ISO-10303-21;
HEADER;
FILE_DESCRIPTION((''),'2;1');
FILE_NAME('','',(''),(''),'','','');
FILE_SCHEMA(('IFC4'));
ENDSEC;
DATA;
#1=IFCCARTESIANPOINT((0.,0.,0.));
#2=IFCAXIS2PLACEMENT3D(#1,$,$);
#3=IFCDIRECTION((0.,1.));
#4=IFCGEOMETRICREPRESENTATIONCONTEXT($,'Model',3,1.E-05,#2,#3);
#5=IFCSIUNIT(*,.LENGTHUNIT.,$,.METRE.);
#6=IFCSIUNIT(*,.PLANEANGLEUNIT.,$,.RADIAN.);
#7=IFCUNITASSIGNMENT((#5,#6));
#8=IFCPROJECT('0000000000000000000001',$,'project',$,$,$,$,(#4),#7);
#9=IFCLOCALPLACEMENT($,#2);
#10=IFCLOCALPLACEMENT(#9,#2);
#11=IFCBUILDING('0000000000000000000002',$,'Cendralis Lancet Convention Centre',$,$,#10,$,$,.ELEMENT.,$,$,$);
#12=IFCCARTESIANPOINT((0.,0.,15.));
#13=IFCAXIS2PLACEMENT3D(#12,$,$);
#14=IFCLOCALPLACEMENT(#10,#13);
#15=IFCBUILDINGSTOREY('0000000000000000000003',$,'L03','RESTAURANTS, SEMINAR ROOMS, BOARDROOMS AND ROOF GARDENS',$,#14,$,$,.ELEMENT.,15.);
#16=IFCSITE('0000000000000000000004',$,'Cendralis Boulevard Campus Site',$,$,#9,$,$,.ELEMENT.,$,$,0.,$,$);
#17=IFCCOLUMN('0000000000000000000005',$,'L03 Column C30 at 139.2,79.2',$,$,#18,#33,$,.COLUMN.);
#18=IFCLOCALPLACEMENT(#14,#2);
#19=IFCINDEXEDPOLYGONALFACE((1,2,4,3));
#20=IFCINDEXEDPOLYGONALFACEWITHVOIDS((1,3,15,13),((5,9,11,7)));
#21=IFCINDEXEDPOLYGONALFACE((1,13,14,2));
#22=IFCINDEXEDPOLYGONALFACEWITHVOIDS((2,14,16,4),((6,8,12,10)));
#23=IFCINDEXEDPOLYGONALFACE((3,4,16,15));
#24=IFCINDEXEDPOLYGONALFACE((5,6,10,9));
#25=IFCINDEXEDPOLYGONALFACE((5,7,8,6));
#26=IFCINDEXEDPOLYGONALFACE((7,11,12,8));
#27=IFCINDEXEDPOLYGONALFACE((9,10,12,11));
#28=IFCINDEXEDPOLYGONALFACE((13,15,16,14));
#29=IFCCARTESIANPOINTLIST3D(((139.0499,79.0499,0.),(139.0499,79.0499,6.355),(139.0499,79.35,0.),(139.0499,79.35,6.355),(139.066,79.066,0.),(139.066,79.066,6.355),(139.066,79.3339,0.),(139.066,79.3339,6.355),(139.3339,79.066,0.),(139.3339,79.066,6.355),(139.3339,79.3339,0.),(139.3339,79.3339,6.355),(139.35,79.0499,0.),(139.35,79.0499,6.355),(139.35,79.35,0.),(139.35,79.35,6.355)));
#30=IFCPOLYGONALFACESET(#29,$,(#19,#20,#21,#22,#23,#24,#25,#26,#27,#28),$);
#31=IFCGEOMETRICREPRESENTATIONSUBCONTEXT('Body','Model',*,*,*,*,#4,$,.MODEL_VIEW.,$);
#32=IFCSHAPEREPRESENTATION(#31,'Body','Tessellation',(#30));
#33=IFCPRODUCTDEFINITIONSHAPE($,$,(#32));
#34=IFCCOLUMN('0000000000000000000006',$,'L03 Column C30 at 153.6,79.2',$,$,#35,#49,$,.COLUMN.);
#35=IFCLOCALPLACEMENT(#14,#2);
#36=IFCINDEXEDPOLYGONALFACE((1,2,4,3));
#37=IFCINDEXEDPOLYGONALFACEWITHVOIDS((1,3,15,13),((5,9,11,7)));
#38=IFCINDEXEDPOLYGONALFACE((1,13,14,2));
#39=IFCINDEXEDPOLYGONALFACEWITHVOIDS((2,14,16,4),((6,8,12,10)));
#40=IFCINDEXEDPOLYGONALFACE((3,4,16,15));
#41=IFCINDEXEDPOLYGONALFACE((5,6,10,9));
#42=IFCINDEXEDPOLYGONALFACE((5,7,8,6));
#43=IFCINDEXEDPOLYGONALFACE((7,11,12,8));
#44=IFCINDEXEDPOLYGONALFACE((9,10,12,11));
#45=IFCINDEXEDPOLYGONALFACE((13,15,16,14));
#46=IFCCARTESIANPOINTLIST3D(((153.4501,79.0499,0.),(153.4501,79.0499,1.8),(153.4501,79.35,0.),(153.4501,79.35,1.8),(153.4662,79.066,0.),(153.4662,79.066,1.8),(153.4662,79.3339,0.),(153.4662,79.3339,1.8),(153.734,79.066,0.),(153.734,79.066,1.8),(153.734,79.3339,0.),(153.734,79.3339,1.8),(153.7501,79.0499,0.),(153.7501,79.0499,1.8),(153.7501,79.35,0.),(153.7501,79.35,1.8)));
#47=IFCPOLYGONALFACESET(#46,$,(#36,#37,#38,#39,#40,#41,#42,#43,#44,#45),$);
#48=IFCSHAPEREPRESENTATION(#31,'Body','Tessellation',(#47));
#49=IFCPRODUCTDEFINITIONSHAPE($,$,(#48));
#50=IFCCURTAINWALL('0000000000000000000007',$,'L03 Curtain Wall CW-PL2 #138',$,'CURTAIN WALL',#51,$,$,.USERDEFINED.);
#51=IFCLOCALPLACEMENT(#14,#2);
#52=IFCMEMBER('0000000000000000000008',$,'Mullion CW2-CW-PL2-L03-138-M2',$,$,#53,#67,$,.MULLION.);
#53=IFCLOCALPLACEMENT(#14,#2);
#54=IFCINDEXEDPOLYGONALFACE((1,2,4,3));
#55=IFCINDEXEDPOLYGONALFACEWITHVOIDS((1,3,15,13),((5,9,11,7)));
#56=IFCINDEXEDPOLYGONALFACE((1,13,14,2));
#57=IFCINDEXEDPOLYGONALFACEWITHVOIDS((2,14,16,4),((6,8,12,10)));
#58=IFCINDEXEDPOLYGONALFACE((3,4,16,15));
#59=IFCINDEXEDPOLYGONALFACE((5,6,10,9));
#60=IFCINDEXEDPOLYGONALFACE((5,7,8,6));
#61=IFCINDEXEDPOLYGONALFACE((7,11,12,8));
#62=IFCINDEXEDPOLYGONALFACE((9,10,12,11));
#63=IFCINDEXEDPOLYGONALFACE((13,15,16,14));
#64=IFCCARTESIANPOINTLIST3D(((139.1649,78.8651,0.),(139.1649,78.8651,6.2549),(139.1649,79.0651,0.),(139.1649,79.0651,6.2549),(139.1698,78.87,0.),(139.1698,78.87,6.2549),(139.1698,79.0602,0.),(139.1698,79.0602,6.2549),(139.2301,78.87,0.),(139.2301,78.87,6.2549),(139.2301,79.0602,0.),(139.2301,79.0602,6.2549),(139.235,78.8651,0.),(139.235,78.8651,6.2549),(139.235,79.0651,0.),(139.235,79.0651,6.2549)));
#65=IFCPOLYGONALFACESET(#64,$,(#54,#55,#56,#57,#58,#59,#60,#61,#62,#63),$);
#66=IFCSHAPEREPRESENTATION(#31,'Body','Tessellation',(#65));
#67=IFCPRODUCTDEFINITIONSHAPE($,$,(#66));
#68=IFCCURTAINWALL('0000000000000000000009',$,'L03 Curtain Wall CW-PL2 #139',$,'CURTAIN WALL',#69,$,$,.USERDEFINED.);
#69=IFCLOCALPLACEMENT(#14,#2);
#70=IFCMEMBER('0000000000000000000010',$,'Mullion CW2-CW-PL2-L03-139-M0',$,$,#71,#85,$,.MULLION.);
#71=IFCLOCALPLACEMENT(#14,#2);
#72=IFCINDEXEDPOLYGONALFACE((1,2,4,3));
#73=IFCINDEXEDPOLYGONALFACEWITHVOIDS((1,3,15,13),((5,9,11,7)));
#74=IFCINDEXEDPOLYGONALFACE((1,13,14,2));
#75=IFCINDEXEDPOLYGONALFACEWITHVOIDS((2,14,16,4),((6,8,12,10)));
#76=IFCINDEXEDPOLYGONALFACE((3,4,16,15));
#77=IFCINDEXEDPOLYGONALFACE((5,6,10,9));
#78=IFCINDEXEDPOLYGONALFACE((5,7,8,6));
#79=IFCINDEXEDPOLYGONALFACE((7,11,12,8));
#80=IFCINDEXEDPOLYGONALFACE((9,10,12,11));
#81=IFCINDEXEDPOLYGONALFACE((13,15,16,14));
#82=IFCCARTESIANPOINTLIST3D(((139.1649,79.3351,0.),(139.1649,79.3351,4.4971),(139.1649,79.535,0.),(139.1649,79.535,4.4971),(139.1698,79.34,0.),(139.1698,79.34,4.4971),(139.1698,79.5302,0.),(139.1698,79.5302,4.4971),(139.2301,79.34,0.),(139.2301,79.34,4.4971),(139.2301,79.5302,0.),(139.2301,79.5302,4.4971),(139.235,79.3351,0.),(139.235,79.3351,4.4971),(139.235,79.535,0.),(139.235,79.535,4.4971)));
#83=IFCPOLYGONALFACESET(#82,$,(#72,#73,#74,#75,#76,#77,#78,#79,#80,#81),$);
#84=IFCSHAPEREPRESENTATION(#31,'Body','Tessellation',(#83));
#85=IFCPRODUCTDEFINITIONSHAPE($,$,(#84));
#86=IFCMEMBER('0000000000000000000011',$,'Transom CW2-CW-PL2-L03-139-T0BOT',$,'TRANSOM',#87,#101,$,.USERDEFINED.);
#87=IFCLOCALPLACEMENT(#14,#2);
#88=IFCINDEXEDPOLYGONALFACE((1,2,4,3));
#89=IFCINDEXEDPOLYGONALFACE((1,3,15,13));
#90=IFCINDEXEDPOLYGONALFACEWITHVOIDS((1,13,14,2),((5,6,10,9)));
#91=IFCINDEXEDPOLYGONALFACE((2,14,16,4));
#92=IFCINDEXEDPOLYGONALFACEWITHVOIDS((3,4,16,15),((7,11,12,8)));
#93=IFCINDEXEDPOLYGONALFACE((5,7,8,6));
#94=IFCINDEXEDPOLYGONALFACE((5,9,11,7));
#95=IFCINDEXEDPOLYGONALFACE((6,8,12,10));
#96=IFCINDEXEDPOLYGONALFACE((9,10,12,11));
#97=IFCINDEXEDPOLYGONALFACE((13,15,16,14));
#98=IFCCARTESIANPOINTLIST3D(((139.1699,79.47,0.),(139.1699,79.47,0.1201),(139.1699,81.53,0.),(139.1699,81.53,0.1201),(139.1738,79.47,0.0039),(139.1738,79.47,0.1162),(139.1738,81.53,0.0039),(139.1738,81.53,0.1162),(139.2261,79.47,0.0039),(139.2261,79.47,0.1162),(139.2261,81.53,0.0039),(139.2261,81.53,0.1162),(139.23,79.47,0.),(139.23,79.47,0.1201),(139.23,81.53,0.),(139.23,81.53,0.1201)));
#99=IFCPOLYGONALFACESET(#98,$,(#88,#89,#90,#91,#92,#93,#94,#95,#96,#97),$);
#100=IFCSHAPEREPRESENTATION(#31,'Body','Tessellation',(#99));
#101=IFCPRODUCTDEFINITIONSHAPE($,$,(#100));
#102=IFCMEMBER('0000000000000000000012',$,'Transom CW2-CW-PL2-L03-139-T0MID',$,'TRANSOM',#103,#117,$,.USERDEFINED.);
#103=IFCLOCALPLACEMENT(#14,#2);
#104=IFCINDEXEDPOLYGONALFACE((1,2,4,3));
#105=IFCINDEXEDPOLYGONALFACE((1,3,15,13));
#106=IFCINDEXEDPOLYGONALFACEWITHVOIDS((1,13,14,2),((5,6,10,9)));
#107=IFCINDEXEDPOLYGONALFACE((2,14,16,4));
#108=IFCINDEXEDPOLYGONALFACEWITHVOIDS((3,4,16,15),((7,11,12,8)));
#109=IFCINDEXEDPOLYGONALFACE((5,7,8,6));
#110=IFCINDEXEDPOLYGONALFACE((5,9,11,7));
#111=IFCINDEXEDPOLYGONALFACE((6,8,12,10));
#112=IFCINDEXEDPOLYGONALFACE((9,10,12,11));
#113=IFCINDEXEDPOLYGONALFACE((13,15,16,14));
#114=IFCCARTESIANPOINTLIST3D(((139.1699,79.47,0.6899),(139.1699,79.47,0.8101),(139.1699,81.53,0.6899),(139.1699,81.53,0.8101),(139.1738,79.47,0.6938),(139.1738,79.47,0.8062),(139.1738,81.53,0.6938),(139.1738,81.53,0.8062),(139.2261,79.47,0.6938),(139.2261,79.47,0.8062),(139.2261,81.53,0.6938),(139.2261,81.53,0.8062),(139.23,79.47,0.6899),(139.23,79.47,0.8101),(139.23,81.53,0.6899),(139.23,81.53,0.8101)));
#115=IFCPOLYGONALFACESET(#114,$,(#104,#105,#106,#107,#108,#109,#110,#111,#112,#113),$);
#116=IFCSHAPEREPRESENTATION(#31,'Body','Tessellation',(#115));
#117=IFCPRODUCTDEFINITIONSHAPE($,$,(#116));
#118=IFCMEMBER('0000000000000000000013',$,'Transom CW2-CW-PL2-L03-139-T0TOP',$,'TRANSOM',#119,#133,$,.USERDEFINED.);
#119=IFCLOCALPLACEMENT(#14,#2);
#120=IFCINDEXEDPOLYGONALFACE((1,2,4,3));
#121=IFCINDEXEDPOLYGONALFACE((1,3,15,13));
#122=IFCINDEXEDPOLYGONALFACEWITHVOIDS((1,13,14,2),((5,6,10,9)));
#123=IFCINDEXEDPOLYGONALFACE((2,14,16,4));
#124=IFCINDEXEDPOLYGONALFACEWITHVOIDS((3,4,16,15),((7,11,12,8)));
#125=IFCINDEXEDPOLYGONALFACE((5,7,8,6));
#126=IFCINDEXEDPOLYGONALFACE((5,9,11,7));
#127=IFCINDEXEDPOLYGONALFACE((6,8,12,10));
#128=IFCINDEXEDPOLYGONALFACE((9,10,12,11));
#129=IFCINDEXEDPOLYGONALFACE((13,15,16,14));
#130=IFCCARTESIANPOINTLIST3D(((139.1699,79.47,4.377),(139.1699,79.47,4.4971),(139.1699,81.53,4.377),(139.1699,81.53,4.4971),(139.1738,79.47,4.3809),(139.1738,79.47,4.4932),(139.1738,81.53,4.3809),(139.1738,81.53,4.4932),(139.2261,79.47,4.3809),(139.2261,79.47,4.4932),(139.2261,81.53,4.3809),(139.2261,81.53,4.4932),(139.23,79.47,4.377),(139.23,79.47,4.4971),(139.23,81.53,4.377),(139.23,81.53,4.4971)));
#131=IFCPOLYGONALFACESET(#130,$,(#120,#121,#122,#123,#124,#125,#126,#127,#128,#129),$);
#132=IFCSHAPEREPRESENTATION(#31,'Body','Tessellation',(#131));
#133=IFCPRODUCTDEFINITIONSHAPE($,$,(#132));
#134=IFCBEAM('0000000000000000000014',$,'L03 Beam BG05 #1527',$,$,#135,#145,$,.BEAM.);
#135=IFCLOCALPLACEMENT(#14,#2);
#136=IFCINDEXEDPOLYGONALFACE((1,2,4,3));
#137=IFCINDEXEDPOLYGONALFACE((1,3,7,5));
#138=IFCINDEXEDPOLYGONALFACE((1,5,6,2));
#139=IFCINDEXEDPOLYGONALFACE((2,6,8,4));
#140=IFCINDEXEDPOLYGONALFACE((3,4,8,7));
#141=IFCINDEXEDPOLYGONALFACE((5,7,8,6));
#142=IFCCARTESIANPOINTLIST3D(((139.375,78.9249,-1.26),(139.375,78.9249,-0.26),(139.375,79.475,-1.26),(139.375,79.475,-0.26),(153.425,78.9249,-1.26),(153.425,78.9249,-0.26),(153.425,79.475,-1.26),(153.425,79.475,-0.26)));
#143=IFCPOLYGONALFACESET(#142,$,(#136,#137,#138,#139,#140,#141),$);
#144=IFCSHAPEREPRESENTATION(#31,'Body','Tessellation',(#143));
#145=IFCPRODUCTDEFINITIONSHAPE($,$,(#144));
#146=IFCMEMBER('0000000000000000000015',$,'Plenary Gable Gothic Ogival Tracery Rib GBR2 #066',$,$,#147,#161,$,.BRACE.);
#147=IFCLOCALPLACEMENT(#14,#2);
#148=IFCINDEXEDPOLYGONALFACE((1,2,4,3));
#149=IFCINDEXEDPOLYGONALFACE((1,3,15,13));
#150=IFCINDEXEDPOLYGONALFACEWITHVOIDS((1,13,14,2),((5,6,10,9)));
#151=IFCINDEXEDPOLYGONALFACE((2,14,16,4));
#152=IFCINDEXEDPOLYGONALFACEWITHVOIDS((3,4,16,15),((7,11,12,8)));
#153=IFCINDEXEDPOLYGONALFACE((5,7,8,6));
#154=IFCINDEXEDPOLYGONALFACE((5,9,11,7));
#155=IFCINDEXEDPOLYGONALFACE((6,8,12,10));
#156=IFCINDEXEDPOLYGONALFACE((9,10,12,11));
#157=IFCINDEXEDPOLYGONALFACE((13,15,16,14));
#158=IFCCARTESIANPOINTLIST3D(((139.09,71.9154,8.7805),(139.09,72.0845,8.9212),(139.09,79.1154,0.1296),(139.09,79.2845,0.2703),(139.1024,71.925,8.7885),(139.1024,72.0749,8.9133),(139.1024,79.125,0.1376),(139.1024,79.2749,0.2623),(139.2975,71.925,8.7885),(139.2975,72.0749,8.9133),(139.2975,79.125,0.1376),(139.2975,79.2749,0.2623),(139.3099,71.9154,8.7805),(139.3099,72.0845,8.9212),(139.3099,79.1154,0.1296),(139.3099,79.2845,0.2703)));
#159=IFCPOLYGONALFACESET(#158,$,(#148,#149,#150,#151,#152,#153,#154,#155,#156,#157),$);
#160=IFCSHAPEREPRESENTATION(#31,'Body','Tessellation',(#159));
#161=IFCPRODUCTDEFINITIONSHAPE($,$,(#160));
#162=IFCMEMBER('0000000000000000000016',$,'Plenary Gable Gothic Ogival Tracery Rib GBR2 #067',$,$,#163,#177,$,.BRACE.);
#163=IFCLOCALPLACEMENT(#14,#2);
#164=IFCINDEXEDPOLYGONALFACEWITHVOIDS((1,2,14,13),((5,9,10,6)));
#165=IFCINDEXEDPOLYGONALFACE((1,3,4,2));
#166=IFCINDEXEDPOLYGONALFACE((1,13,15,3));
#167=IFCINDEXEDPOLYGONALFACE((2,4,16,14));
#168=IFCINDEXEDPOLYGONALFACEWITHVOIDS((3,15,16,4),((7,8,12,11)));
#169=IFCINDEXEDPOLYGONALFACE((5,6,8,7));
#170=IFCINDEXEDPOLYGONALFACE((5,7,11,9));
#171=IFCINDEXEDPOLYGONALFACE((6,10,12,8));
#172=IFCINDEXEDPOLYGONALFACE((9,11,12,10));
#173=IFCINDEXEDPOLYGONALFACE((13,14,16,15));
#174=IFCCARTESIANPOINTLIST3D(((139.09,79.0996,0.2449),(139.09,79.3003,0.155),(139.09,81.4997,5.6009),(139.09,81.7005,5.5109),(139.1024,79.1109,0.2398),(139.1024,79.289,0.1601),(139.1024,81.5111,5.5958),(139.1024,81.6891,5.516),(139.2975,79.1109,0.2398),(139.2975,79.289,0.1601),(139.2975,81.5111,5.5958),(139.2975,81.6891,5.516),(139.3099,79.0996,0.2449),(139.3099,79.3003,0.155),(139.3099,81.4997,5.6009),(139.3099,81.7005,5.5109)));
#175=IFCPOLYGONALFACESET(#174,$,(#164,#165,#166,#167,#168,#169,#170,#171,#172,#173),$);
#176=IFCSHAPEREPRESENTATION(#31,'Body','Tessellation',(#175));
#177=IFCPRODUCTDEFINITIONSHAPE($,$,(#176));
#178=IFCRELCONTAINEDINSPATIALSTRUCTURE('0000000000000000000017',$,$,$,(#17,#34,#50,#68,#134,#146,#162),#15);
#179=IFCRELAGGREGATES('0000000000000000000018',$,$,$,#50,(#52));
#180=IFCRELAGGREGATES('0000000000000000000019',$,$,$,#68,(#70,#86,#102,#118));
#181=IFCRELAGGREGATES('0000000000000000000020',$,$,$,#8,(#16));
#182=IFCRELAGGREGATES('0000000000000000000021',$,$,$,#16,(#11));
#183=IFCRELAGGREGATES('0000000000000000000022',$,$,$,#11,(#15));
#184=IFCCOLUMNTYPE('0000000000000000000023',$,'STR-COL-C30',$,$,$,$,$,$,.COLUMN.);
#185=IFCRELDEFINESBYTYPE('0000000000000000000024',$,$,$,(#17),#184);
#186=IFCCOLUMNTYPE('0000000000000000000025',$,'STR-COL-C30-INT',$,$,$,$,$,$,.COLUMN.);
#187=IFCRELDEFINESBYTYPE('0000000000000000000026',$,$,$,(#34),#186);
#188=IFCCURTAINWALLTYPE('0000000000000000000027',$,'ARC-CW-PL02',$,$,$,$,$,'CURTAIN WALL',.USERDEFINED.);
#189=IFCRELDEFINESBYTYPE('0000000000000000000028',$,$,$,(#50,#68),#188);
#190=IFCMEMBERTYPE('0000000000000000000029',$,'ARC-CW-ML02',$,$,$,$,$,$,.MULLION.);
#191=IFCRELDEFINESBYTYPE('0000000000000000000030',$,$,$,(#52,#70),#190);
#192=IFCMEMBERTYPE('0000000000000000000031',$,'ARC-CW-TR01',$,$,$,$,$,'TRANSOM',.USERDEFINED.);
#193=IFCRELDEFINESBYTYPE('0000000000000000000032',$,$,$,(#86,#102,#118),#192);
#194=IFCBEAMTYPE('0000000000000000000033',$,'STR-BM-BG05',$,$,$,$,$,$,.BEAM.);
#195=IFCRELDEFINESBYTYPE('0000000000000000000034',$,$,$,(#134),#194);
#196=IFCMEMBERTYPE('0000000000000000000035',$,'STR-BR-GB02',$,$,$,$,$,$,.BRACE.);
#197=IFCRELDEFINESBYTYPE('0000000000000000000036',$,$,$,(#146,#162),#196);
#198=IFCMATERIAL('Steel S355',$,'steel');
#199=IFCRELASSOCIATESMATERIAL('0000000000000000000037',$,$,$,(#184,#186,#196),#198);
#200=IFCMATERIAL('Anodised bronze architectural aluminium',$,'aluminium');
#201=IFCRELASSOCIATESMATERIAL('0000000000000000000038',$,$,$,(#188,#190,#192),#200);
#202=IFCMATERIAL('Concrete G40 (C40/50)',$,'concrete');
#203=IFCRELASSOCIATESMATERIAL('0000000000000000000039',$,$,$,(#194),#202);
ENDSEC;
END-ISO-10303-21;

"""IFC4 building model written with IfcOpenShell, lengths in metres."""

from ifc_helpers import new_model, si_unit, direction, frame, origin, origin_2d, place, context, subcontext, project, spatial, rectangle, hollow_rectangle, extrude, material, material_profile, profile_set, type_object, element, aggregate, save


model = new_model("IFC4")

# Units and contexts
model_context = context("Model", 3, precision=1e-05, world=origin(), true_north=direction((0.0, 1.0)))
body_context = subcontext(model_context, "Body", "Model", "MODEL_VIEW")
ifc_project = project(units=[si_unit("LENGTHUNIT", "METRE"), si_unit("PLANEANGLEUNIT", "RADIAN")], contexts=[model_context])

# Site, building, storey
site_placement = place(None, origin())
site = spatial("IfcSite", under=ifc_project, at=site_placement, Name="Cendralis Boulevard Campus Site", CompositionType="ELEMENT", RefElevation=0.0)
building_placement = place(site_placement, origin())
building = spatial("IfcBuilding", under=site, at=building_placement, Name="Cendralis Lancet Convention Centre", CompositionType="ELEMENT")
storey_placement = place(building_placement, frame((0.0, 0.0, 15.0)))
storey = spatial("IfcBuildingStorey", under=building, at=storey_placement, Name="L03", Description="RESTAURANTS, SEMINAR ROOMS, BOARDROOMS AND ROOF GARDENS", CompositionType="ELEMENT", Elevation=15.0)

# Columns
ifc_material_1 = material(Name="Steel S355", Category="steel")
ifc_material_profile_1 = material_profile(ifc_material_1, hollow_rectangle(XDim=0.3, YDim=0.3, WallThickness=0.0161, at=origin_2d()), Name="SHS 300x300x16.0")
ifc_profile_set_1 = profile_set([ifc_material_profile_1], Name="Steel S355")
column_type_1 = type_object("IfcColumnType", Name="STR-COL-C30", PredefinedType="COLUMN", material=ifc_profile_set_1)
column_1_placement = place(storey_placement, frame((139.2, 79.2, 0.0), z_axis=(0.0, 0.0, 1.0), x_axis=(1.0, 0.0, 0.0)))
element("IfcColumn", 1, at=column_1_placement, inside=storey, type_object=column_type_1, Name="L03 Column C30 at 139.2,79.2", PredefinedType="COLUMN", context=body_context, shape_type="SweptSolid", body=[
    extrude(hollow_rectangle(XDim=0.3, YDim=0.3, WallThickness=0.0161, at=origin_2d()), origin(), (0.0, 0.0, 1.0), 6.355),
])
ifc_material_profile_2 = material_profile(ifc_material_1, hollow_rectangle(XDim=0.3, YDim=0.3, WallThickness=0.0161, at=origin_2d()), Name="SHS 300x300x16.0")
ifc_profile_set_2 = profile_set([ifc_material_profile_2], Name="Steel S355")
column_type_2 = type_object("IfcColumnType", Name="STR-COL-C30-INT", PredefinedType="COLUMN", material=ifc_profile_set_2)
column_2_placement = place(storey_placement, frame((153.6001, 79.2, 0.0), z_axis=(0.0, 0.0, 1.0), x_axis=(1.0, 0.0, 0.0)))
element("IfcColumn", 2, at=column_2_placement, inside=storey, type_object=column_type_2, Name="L03 Column C30 at 153.6,79.2", PredefinedType="COLUMN", context=body_context, shape_type="SweptSolid", body=[
    extrude(hollow_rectangle(XDim=0.3, YDim=0.3, WallThickness=0.0161, at=origin_2d()), origin(), (0.0, 0.0, 1.0), 1.8),
])

# Curtain wall, member
ifc_material_2 = material(Name="Anodised bronze architectural aluminium", Category="aluminium")
curtain_wall_type = type_object("IfcCurtainWallType", Name="ARC-CW-PL02", ElementType="CURTAIN WALL", PredefinedType="USERDEFINED", material=ifc_material_2)
curtain_wall_1_placement = place(storey_placement, origin())
curtain_wall_1 = element("IfcCurtainWall", 3, at=curtain_wall_1_placement, inside=storey, type_object=curtain_wall_type, Name="L03 Curtain Wall CW-PL2 #138", ObjectType="CURTAIN WALL", PredefinedType="USERDEFINED")
ifc_material_profile_3 = material_profile(ifc_material_2, hollow_rectangle(XDim=0.0701, YDim=0.2, WallThickness=0.0049, at=origin_2d()), Name="AL-MULL 70x200x5.0")
ifc_profile_set_3 = profile_set([ifc_material_profile_3], Name="Anodised bronze architectural aluminium")
member_type_1 = type_object("IfcMemberType", Name="ARC-CW-ML02", PredefinedType="MULLION", material=ifc_profile_set_3)
member_1_placement = place(storey_placement, frame((139.2, 78.9651, 0.0), z_axis=(0.0, 0.0, 1.0), x_axis=(1.0, 0.0, 0.0)))
member_1 = element("IfcMember", 4, at=member_1_placement, type_object=member_type_1, Name="Mullion CW2-CW-PL2-L03-138-M2", PredefinedType="MULLION", context=body_context, shape_type="SweptSolid", body=[
    extrude(hollow_rectangle(XDim=0.0701, YDim=0.2, WallThickness=0.0049, at=origin_2d()), origin(), (0.0, 0.0, 1.0), 6.2549),
])

# Curtain wall, members
curtain_wall_2_placement = place(storey_placement, origin())
curtain_wall_2 = element("IfcCurtainWall", 5, at=curtain_wall_2_placement, inside=storey, type_object=curtain_wall_type, Name="L03 Curtain Wall CW-PL2 #139", ObjectType="CURTAIN WALL", PredefinedType="USERDEFINED")
member_2_placement = place(storey_placement, frame((139.2, 79.4351, 0.0), z_axis=(0.0, 0.0, 1.0), x_axis=(1.0, 0.0, 0.0)))
member_2 = element("IfcMember", 6, at=member_2_placement, type_object=member_type_1, Name="Mullion CW2-CW-PL2-L03-139-M0", PredefinedType="MULLION", context=body_context, shape_type="SweptSolid", body=[
    extrude(hollow_rectangle(XDim=0.0701, YDim=0.2, WallThickness=0.0049, at=origin_2d()), origin(), (0.0, 0.0, 1.0), 4.4971),
])
ifc_material_profile_4 = material_profile(ifc_material_2, hollow_rectangle(XDim=0.0601, YDim=0.1201, WallThickness=0.0039, at=origin_2d()), Name="AL-TRAN 60x120x4.0")
ifc_profile_set_4 = profile_set([ifc_material_profile_4], Name="Anodised bronze architectural aluminium")
member_type_2 = type_object("IfcMemberType", Name="ARC-CW-TR01", ElementType="TRANSOM", PredefinedType="USERDEFINED", material=ifc_profile_set_4)
member_3_placement = place(storey_placement, frame((139.2, 79.47, 0.0601), z_axis=(0.0, 1.0, 0.0), x_axis=(-1.0, 0.0, 0.0)))
member_3 = element("IfcMember", 7, at=member_3_placement, type_object=member_type_2, Name="Transom CW2-CW-PL2-L03-139-T0BOT", ObjectType="TRANSOM", PredefinedType="USERDEFINED", context=body_context, shape_type="SweptSolid", body=[
    extrude(hollow_rectangle(XDim=0.0601, YDim=0.1201, WallThickness=0.0039, at=origin_2d()), origin(), (0.0, 0.0, 1.0), 2.0601),
])
member_4_placement = place(storey_placement, frame((139.2, 79.47, 0.75), z_axis=(0.0, 1.0, 0.0), x_axis=(-1.0, 0.0, 0.0)))
member_4 = element("IfcMember", 8, at=member_4_placement, type_object=member_type_2, Name="Transom CW2-CW-PL2-L03-139-T0MID", ObjectType="TRANSOM", PredefinedType="USERDEFINED", context=body_context, shape_type="SweptSolid", body=[
    extrude(hollow_rectangle(XDim=0.0601, YDim=0.1201, WallThickness=0.0039, at=origin_2d()), origin(), (0.0, 0.0, 1.0), 2.0601),
])
member_5_placement = place(storey_placement, frame((139.2, 79.47, 4.437), z_axis=(0.0, 1.0, 0.0), x_axis=(-1.0, 0.0, 0.0)))
member_5 = element("IfcMember", 9, at=member_5_placement, type_object=member_type_2, Name="Transom CW2-CW-PL2-L03-139-T0TOP", ObjectType="TRANSOM", PredefinedType="USERDEFINED", context=body_context, shape_type="SweptSolid", body=[
    extrude(hollow_rectangle(XDim=0.0601, YDim=0.1201, WallThickness=0.0039, at=origin_2d()), origin(), (0.0, 0.0, 1.0), 2.0601),
])

# Beam
ifc_material_3 = material(Name="Concrete G40 (C40/50)", Category="concrete")
ifc_material_profile_5 = material_profile(ifc_material_3, rectangle(XDim=0.55, YDim=1.0, at=origin_2d()), Name="RCB 550x1000")
ifc_profile_set_5 = profile_set([ifc_material_profile_5], Name="Concrete G40 (C40/50)")
beam_type_1 = type_object("IfcBeamType", Name="STR-BM-BG05", PredefinedType="BEAM", material=ifc_profile_set_5)
beam_1_placement = place(storey_placement, frame((139.375, 79.2, -0.76), z_axis=(1.0, 0.0, 0.0), x_axis=(0.0, 1.0, 0.0)))
element("IfcBeam", 10, at=beam_1_placement, inside=storey, type_object=beam_type_1, Name="L03 Beam BG05 #1527", PredefinedType="BEAM", context=body_context, shape_type="SweptSolid", body=[
    extrude(rectangle(XDim=0.55, YDim=1.0, at=origin_2d()), origin(), (0.0, 0.0, 1.0), 14.05),
])

# Members
ifc_material_profile_6 = material_profile(ifc_material_1, hollow_rectangle(XDim=0.22, YDim=0.22, WallThickness=0.0125, at=origin_2d()), Name="SHS 220x220x12.5")
ifc_profile_set_6 = profile_set([ifc_material_profile_6], Name="Steel S355")
member_type_3 = type_object("IfcMemberType", Name="STR-BR-GB02", PredefinedType="BRACE", material=ifc_profile_set_6)
member_6_placement = place(storey_placement, frame((139.2, 79.2, 0.2), z_axis=(0.0, -0.639706, 0.768619), x_axis=(1.0, 0.0, 0.0)))
element("IfcMember", 11, at=member_6_placement, inside=storey, type_object=member_type_3, Name="Plenary Gable Gothic Ogival Tracery Rib GBR2 #066", PredefinedType="BRACE", context=body_context, shape_type="SweptSolid", body=[
    extrude(hollow_rectangle(XDim=0.22, YDim=0.22, WallThickness=0.0125, at=origin_2d()), origin(), (0.0, 0.0, 1.0), 11.2551),
])
member_7_placement = place(storey_placement, frame((139.2, 79.2, 0.2), z_axis=(0.0, 0.408942, 0.91256), x_axis=(-1.0, 0.0, 0.0)))
element("IfcMember", 12, at=member_7_placement, inside=storey, type_object=member_type_3, Name="Plenary Gable Gothic Ogival Tracery Rib GBR2 #067", PredefinedType="BRACE", context=body_context, shape_type="SweptSolid", body=[
    extrude(hollow_rectangle(XDim=0.22, YDim=0.22, WallThickness=0.0125, at=origin_2d()), origin(), (0.0, 0.0, 1.0), 5.8691),
])

aggregate(curtain_wall_1, [member_1])
aggregate(curtain_wall_2, [member_2, member_3, member_4, member_5])

save(model, "model.ifc")
